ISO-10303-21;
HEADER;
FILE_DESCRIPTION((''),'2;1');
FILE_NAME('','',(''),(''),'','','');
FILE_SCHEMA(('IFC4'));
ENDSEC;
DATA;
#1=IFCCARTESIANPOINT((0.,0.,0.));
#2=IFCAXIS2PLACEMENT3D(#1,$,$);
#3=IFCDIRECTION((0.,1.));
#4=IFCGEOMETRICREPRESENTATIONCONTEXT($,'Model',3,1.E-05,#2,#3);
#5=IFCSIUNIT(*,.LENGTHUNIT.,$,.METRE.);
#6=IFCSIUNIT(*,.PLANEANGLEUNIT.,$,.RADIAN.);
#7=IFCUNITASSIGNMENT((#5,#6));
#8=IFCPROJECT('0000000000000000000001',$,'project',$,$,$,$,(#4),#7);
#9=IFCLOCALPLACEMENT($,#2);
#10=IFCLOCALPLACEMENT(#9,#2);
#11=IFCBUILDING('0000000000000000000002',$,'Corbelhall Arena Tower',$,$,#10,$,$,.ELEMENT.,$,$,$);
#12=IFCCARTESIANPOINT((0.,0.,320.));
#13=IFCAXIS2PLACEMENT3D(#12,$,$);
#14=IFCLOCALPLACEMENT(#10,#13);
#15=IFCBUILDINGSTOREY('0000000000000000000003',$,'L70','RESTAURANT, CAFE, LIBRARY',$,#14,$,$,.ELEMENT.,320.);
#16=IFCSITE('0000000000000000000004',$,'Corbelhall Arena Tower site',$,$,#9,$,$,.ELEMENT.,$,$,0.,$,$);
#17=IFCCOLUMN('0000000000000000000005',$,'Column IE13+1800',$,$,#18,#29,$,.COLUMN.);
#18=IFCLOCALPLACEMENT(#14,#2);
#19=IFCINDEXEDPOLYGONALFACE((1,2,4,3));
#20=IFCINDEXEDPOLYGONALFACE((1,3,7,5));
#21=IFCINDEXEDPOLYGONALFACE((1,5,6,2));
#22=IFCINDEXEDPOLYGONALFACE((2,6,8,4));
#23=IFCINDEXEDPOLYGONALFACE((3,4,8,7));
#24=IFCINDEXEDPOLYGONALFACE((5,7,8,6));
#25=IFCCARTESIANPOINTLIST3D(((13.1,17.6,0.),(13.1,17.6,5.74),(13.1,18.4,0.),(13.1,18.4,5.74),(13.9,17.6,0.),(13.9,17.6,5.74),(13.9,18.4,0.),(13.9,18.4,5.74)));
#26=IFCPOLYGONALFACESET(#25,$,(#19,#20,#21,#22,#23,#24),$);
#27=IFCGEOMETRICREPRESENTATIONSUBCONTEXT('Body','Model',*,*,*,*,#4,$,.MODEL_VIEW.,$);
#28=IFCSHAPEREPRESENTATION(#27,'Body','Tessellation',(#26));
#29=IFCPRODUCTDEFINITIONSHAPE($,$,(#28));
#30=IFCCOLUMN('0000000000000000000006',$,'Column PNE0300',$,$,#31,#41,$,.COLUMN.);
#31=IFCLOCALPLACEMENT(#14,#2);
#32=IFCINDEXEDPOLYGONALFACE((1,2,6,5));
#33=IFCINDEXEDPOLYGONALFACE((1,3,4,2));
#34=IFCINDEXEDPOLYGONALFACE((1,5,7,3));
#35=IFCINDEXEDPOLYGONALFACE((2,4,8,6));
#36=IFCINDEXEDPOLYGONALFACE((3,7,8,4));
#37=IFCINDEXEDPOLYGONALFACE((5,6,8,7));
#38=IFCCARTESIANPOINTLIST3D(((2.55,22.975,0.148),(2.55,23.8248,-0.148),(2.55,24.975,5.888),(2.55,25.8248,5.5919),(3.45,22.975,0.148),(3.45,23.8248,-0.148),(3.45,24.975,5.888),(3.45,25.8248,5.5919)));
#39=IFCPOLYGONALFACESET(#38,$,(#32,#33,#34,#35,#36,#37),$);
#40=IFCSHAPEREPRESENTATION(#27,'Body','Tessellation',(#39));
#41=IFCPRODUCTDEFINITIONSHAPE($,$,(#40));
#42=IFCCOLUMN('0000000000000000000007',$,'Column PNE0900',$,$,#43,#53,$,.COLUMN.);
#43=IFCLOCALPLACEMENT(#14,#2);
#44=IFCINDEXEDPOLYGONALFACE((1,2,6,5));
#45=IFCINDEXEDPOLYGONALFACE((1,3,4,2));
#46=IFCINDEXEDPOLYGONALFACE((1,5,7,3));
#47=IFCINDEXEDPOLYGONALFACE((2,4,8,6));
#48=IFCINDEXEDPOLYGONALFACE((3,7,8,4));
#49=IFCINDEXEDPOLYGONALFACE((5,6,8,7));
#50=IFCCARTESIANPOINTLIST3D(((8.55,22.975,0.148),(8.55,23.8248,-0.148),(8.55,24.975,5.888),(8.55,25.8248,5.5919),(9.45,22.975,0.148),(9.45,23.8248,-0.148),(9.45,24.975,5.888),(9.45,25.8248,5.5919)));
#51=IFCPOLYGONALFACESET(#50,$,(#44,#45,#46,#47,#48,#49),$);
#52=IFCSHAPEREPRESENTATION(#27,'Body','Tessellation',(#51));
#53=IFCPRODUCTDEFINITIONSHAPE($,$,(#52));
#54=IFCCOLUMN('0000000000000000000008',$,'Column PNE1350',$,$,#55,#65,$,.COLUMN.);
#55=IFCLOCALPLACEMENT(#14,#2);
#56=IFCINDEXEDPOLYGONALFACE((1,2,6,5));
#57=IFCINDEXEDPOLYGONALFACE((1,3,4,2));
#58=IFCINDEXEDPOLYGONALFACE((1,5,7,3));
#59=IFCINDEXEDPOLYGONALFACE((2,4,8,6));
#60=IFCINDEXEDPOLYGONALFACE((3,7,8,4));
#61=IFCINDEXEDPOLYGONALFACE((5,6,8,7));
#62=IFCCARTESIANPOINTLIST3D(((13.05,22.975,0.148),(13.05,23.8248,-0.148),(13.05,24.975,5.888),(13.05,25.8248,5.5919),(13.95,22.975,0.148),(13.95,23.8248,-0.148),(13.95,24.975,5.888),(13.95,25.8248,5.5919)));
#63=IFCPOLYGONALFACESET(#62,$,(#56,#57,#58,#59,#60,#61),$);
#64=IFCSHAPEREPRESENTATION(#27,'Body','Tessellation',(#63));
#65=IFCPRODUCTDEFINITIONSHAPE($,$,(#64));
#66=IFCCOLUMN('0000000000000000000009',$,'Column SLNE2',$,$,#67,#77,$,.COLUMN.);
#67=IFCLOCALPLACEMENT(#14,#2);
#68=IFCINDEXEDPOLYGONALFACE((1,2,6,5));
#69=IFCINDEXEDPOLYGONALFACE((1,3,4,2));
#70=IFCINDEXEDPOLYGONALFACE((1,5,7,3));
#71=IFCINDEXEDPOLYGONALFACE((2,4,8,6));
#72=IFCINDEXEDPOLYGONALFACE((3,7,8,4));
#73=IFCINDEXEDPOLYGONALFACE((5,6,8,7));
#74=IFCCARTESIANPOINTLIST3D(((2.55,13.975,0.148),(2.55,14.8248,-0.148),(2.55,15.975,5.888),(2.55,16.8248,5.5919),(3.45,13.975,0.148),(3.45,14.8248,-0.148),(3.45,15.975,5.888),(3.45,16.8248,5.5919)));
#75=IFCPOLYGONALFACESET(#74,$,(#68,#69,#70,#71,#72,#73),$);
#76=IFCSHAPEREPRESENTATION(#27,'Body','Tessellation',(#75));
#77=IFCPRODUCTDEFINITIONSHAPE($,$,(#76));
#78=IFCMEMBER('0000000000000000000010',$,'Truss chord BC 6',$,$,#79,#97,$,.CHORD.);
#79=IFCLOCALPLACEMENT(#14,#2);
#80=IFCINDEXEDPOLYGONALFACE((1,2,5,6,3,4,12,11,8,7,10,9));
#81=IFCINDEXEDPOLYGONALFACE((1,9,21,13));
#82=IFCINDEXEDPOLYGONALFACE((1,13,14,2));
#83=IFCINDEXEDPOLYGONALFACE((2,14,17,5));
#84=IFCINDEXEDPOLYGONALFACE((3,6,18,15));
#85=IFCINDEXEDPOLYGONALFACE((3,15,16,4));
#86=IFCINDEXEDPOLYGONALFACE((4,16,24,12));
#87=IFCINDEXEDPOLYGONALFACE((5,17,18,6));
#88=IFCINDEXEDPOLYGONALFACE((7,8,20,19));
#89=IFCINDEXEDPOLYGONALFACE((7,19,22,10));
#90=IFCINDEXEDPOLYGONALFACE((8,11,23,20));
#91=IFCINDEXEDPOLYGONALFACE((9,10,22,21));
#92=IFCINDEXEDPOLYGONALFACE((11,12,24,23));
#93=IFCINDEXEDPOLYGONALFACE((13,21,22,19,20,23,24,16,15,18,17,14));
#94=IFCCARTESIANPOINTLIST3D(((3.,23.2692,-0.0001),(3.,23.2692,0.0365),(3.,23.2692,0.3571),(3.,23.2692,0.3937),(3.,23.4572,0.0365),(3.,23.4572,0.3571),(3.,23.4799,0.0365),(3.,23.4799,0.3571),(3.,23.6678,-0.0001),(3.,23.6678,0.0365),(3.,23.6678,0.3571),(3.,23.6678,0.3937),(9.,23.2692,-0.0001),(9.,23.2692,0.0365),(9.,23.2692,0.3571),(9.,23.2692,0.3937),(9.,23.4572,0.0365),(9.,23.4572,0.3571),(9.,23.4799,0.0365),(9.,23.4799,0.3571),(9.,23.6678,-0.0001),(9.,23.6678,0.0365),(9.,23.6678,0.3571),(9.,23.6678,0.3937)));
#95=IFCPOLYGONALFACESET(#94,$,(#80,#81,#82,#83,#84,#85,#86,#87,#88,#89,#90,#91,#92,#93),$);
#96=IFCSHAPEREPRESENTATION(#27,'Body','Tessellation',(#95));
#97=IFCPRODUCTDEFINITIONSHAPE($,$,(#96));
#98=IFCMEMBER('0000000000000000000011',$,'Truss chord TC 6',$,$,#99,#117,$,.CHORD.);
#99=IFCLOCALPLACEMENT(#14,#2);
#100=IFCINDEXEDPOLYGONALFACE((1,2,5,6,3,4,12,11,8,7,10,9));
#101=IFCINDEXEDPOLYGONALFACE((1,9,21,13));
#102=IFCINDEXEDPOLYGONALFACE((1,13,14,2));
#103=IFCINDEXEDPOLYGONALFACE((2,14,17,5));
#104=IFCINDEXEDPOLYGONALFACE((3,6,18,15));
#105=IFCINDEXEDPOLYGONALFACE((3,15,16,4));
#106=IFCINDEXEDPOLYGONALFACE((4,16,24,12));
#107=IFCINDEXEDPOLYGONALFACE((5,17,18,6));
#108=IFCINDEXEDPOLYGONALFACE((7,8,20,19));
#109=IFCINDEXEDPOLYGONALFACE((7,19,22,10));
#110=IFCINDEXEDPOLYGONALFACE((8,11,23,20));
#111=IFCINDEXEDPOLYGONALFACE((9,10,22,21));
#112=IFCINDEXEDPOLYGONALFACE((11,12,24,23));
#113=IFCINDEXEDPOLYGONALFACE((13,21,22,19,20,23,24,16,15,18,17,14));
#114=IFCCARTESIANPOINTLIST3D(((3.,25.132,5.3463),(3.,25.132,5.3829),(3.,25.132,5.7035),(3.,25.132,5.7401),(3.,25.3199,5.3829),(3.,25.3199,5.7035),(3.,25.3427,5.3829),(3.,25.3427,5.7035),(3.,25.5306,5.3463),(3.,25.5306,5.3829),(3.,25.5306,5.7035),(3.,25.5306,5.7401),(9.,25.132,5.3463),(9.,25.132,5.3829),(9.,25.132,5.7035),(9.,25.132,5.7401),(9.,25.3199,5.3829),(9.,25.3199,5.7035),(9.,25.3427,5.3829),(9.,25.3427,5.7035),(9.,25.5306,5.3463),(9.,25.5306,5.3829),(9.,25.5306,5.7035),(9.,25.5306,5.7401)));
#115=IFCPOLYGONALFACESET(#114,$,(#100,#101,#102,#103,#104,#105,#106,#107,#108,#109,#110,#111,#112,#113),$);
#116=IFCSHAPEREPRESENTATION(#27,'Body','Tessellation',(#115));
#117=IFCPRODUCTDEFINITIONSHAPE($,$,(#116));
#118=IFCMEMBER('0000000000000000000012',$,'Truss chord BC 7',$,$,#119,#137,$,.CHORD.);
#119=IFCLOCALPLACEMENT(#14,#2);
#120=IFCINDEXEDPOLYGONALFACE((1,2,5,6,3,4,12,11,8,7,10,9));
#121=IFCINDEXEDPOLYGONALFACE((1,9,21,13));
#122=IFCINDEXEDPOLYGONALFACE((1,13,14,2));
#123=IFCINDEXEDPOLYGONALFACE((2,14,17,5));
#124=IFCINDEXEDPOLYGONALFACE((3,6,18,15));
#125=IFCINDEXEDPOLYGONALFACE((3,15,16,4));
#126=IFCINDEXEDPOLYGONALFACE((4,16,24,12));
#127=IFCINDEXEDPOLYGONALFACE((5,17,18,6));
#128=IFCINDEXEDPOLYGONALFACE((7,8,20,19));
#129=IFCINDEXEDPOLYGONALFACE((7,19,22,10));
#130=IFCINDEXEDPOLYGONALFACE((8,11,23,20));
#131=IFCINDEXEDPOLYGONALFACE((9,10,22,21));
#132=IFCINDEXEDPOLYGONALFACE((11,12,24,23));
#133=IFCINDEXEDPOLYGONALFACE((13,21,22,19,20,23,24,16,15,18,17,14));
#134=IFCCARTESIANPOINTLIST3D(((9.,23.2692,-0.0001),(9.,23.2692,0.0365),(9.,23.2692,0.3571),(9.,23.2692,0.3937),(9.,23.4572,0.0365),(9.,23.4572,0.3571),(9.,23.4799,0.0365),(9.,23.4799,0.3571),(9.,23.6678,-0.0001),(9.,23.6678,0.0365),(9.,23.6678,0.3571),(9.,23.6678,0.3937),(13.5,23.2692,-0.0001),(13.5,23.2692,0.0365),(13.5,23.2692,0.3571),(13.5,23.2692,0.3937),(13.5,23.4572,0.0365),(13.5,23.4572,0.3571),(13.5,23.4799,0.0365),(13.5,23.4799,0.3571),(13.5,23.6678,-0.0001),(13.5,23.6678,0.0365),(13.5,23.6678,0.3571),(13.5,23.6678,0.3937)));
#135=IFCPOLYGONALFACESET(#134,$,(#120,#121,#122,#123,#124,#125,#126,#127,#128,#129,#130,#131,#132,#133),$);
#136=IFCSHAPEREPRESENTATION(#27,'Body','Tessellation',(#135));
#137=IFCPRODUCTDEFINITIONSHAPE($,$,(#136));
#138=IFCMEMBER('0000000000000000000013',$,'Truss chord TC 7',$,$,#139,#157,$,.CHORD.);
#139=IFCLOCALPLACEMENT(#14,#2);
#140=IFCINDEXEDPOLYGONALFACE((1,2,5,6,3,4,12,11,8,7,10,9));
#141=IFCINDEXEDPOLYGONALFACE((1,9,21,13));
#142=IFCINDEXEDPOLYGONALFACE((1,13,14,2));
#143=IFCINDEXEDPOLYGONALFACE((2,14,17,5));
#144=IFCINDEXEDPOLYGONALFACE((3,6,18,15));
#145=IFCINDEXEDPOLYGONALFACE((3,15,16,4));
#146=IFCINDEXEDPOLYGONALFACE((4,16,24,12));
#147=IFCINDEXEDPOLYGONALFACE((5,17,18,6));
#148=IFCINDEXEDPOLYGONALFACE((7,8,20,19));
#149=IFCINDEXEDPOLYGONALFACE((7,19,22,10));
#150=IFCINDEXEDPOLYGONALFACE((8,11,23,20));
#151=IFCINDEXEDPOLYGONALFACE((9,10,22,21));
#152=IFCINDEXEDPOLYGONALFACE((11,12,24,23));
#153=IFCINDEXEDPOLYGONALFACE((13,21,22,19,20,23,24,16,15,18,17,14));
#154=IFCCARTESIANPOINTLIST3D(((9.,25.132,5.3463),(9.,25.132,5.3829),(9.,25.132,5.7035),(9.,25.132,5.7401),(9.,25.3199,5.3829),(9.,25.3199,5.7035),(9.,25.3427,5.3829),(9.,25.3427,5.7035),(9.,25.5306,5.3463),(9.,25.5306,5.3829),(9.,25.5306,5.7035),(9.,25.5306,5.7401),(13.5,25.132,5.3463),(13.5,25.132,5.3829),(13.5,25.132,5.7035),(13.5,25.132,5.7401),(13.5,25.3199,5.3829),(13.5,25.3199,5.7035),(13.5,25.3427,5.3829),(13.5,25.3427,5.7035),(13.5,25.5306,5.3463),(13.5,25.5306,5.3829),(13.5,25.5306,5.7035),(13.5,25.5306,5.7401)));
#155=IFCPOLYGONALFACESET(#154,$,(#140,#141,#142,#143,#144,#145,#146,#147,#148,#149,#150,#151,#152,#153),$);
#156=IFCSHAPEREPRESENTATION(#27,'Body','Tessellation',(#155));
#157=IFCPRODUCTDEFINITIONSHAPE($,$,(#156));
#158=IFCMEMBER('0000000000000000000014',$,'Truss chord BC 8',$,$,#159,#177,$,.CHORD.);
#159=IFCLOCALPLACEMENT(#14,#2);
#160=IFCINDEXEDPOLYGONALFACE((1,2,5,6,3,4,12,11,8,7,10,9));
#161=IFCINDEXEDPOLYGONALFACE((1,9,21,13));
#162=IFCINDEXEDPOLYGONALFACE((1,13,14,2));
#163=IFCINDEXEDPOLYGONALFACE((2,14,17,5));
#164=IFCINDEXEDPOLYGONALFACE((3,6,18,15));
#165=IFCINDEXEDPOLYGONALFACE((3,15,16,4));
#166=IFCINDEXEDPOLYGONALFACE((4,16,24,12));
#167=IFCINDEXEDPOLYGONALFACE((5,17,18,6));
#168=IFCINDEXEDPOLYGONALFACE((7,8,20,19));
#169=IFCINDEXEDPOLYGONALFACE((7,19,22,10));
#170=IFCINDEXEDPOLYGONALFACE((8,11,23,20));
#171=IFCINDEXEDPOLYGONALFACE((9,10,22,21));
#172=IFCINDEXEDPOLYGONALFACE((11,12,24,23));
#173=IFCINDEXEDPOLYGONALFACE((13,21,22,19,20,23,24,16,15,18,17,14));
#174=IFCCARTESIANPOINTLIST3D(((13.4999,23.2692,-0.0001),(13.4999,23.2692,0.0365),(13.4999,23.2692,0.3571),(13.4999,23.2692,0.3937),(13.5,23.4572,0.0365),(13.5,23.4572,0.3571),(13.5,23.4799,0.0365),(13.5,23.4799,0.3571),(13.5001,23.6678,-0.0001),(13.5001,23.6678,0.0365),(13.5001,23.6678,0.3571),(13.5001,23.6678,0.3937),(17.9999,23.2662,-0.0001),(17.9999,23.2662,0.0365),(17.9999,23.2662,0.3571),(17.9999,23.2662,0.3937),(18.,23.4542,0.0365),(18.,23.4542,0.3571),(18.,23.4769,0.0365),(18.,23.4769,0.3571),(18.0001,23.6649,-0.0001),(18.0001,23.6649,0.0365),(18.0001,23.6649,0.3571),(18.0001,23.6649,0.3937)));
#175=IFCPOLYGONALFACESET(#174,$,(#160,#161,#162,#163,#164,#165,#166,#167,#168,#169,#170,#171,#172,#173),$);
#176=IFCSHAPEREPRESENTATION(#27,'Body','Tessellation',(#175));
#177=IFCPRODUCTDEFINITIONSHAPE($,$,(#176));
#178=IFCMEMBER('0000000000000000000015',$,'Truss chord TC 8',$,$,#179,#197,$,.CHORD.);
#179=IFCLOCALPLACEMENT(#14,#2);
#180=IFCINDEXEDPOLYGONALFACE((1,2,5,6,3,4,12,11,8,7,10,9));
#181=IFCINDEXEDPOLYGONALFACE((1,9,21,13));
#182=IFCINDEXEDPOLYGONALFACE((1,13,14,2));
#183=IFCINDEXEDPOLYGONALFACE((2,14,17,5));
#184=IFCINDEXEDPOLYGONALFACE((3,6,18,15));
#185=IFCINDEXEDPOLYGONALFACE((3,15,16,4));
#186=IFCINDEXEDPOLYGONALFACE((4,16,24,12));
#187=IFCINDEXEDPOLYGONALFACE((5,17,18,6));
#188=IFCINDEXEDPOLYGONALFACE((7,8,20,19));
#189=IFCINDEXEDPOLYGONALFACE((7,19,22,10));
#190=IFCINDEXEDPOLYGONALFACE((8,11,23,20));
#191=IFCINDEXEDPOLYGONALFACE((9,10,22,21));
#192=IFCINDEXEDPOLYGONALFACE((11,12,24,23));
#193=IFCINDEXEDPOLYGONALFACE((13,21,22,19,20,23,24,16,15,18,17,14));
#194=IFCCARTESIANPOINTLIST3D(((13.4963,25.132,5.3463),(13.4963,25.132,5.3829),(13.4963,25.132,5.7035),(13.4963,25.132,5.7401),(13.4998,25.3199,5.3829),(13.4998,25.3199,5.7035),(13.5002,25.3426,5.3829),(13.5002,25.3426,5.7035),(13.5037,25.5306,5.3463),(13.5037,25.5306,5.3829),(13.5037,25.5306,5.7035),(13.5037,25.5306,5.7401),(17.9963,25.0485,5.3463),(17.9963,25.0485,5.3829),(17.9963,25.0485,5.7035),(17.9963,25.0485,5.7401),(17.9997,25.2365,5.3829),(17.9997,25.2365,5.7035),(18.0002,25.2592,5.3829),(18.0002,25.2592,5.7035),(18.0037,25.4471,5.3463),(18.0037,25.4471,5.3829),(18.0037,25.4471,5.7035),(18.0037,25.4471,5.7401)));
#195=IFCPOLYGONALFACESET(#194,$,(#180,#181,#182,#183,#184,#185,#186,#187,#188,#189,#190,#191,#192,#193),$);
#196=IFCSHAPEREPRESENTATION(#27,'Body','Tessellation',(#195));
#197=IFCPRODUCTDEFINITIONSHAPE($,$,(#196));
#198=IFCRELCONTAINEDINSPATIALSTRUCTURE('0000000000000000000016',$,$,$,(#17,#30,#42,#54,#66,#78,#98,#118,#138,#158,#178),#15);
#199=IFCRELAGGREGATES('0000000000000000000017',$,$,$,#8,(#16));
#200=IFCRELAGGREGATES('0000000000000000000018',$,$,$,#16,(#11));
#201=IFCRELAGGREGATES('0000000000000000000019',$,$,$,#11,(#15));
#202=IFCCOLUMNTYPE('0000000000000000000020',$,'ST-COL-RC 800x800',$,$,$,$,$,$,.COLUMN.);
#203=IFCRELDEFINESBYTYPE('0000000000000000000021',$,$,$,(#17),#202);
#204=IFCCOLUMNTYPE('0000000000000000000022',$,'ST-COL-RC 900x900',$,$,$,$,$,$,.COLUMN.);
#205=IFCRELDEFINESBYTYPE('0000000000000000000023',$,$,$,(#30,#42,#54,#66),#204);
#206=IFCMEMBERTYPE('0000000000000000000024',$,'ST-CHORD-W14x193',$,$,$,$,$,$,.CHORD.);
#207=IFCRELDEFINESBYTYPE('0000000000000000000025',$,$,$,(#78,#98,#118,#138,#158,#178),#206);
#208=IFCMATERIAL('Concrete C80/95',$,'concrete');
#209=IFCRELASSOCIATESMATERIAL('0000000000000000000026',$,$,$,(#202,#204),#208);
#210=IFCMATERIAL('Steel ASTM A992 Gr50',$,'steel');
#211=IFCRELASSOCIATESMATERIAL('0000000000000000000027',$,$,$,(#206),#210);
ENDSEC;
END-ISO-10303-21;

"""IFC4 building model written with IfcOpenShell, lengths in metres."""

from ifc_helpers import new_model, si_unit, direction, frame, origin, origin_2d, place, context, subcontext, project, spatial, rectangle, i_section, extrude, material, material_profile, profile_set, type_object, element, save


model = new_model("IFC4")

# Units and contexts
model_context = context("Model", 3, precision=1e-05, world=origin(), true_north=direction((0.0, 1.0)))
body_context = subcontext(model_context, "Body", "Model", "MODEL_VIEW")
ifc_project = project(units=[si_unit("LENGTHUNIT", "METRE"), si_unit("PLANEANGLEUNIT", "RADIAN")], contexts=[model_context])

# Site, building, storey
site_placement = place(None, origin())
site = spatial("IfcSite", under=ifc_project, at=site_placement, Name="Corbelhall Arena Tower site", CompositionType="ELEMENT", RefElevation=0.0)
building_placement = place(site_placement, origin())
building = spatial("IfcBuilding", under=site, at=building_placement, Name="Corbelhall Arena Tower", CompositionType="ELEMENT")
storey_placement = place(building_placement, frame((0.0, 0.0, 320.0)))
storey = spatial("IfcBuildingStorey", under=building, at=storey_placement, Name="L70", Description="RESTAURANT, CAFE, LIBRARY", CompositionType="ELEMENT", Elevation=320.0)

# Columns
ifc_material_1 = material(Name="Concrete C80/95", Category="concrete")
ifc_material_profile_1 = material_profile(ifc_material_1, rectangle(XDim=0.8, YDim=0.8, at=origin_2d()))
ifc_profile_set_1 = profile_set([ifc_material_profile_1], Name="Concrete C80/95")
column_type_1 = type_object("IfcColumnType", Name="ST-COL-RC 800x800", PredefinedType="COLUMN", material=ifc_profile_set_1)
column_placement = place(storey_placement, frame((13.5, 18.0, 0.0), z_axis=(0.0, 0.0, 1.0), x_axis=(1.0, 0.0, 0.0)))
element("IfcColumn", 1, at=column_placement, inside=storey, type_object=column_type_1, Name="Column IE13+1800", PredefinedType="COLUMN", context=body_context, shape_type="SweptSolid", body=[
    extrude(rectangle(XDim=0.8, YDim=0.8, at=origin_2d()), origin(), (0.0, 0.0, 1.0), 5.74),
])
ifc_material_profile_2 = material_profile(ifc_material_1, rectangle(XDim=0.8999, YDim=0.8999, at=origin_2d()))
ifc_profile_set_2 = profile_set([ifc_material_profile_2], Name="Concrete C80/95")
column_type_2 = type_object("IfcColumnType", Name="ST-COL-RC 900x900", PredefinedType="COLUMN", material=ifc_profile_set_2)
for number, where, z_axis, x_axis, name in (
    (2, (3.0, 23.3999, 0.0), (0.0, 0.329032, 0.944319), (-1.0, 0.0, 0.0), "Column PNE0300"),
    (3, (9.0, 23.3999, 0.0), (0.0, 0.329032, 0.944319), (-1.0, 0.0, 0.0), "Column PNE0900"),
    (4, (13.5, 23.3999, 0.0), (0.0, 0.329032, 0.944319), (-1.0, 0.0, 0.0), "Column PNE1350"),
    (5, (3.0, 14.3999, 0.0), (0.0, 0.329032, 0.944319), (-1.0, 0.0, 0.0), "Column SLNE2"),
):
    element("IfcColumn", number, at=place(storey_placement, frame(where, z_axis=z_axis, x_axis=x_axis)), inside=storey, type_object=column_type_2, Name=name, PredefinedType="COLUMN", context=body_context, shape_type="SweptSolid", body=[
        extrude(rectangle(XDim=0.8999, YDim=0.8999, at=origin_2d()), origin(), (0.0, 0.0, 1.0), 6.0784),
    ])

# Members
ifc_material_2 = material(Name="Steel ASTM A992 Gr50", Category="steel")
ifc_material_profile_3 = material_profile(ifc_material_2, i_section(OverallWidth=0.3987, OverallDepth=0.3938, WebThickness=0.0227, FlangeThickness=0.0366, at=origin_2d()))
ifc_profile_set_3 = profile_set([ifc_material_profile_3], Name="Steel ASTM A992 Gr50")
member_type_1 = type_object("IfcMemberType", Name="ST-CHORD-W14x193", PredefinedType="CHORD", material=ifc_profile_set_3)
for number, where, z_axis, x_axis, name in (
    (6, (3.0, 23.4685, 0.1968), (1.0, 0.0, 0.0), (0.0, 1.0, 0.0), "Truss chord BC 6"),
    (7, (3.0, 25.3313, 5.5432), (1.0, 0.0, 0.0), (0.0, 1.0, 0.0), "Truss chord TC 6"),
):
    element("IfcMember", number, at=place(storey_placement, frame(where, z_axis=z_axis, x_axis=x_axis)), inside=storey, type_object=member_type_1, Name=name, PredefinedType="CHORD", context=body_context, shape_type="SweptSolid", body=[
        extrude(i_section(OverallWidth=0.3987, OverallDepth=0.3938, WebThickness=0.0227, FlangeThickness=0.0366, at=origin_2d()), origin(), (0.0, 0.0, 1.0), 6.0),
    ])
for number, where, z_axis, x_axis, name in (
    (8, (9.0, 23.4685, 0.1968), (1.0, 0.0, 0.0), (0.0, 1.0, 0.0), "Truss chord BC 7"),
    (9, (9.0, 25.3313, 5.5432), (1.0, 0.0, 0.0), (0.0, 1.0, 0.0), "Truss chord TC 7"),
    (10, (13.5, 23.4685, 0.1968), (1.0, -0.000651, 0.0), (0.000651, 1.0, 0.0), "Truss chord BC 8"),
):
    element("IfcMember", number, at=place(storey_placement, frame(where, z_axis=z_axis, x_axis=x_axis)), inside=storey, type_object=member_type_1, Name=name, PredefinedType="CHORD", context=body_context, shape_type="SweptSolid", body=[
        extrude(i_section(OverallWidth=0.3987, OverallDepth=0.3938, WebThickness=0.0227, FlangeThickness=0.0366, at=origin_2d()), origin(), (0.0, 0.0, 1.0), 4.5),
    ])
member_1_placement = place(storey_placement, frame((13.5, 25.3313, 5.5432), z_axis=(0.999828, -0.018551, 0.0), x_axis=(0.018551, 0.999828, 0.0)))
element("IfcMember", 11, at=member_1_placement, inside=storey, type_object=member_type_1, Name="Truss chord TC 8", PredefinedType="CHORD", context=body_context, shape_type="SweptSolid", body=[
    extrude(i_section(OverallWidth=0.3987, OverallDepth=0.3938, WebThickness=0.0227, FlangeThickness=0.0366, at=origin_2d()), origin(), (0.0, 0.0, 1.0), 4.5007),
])

save(model, "model.ifc")
